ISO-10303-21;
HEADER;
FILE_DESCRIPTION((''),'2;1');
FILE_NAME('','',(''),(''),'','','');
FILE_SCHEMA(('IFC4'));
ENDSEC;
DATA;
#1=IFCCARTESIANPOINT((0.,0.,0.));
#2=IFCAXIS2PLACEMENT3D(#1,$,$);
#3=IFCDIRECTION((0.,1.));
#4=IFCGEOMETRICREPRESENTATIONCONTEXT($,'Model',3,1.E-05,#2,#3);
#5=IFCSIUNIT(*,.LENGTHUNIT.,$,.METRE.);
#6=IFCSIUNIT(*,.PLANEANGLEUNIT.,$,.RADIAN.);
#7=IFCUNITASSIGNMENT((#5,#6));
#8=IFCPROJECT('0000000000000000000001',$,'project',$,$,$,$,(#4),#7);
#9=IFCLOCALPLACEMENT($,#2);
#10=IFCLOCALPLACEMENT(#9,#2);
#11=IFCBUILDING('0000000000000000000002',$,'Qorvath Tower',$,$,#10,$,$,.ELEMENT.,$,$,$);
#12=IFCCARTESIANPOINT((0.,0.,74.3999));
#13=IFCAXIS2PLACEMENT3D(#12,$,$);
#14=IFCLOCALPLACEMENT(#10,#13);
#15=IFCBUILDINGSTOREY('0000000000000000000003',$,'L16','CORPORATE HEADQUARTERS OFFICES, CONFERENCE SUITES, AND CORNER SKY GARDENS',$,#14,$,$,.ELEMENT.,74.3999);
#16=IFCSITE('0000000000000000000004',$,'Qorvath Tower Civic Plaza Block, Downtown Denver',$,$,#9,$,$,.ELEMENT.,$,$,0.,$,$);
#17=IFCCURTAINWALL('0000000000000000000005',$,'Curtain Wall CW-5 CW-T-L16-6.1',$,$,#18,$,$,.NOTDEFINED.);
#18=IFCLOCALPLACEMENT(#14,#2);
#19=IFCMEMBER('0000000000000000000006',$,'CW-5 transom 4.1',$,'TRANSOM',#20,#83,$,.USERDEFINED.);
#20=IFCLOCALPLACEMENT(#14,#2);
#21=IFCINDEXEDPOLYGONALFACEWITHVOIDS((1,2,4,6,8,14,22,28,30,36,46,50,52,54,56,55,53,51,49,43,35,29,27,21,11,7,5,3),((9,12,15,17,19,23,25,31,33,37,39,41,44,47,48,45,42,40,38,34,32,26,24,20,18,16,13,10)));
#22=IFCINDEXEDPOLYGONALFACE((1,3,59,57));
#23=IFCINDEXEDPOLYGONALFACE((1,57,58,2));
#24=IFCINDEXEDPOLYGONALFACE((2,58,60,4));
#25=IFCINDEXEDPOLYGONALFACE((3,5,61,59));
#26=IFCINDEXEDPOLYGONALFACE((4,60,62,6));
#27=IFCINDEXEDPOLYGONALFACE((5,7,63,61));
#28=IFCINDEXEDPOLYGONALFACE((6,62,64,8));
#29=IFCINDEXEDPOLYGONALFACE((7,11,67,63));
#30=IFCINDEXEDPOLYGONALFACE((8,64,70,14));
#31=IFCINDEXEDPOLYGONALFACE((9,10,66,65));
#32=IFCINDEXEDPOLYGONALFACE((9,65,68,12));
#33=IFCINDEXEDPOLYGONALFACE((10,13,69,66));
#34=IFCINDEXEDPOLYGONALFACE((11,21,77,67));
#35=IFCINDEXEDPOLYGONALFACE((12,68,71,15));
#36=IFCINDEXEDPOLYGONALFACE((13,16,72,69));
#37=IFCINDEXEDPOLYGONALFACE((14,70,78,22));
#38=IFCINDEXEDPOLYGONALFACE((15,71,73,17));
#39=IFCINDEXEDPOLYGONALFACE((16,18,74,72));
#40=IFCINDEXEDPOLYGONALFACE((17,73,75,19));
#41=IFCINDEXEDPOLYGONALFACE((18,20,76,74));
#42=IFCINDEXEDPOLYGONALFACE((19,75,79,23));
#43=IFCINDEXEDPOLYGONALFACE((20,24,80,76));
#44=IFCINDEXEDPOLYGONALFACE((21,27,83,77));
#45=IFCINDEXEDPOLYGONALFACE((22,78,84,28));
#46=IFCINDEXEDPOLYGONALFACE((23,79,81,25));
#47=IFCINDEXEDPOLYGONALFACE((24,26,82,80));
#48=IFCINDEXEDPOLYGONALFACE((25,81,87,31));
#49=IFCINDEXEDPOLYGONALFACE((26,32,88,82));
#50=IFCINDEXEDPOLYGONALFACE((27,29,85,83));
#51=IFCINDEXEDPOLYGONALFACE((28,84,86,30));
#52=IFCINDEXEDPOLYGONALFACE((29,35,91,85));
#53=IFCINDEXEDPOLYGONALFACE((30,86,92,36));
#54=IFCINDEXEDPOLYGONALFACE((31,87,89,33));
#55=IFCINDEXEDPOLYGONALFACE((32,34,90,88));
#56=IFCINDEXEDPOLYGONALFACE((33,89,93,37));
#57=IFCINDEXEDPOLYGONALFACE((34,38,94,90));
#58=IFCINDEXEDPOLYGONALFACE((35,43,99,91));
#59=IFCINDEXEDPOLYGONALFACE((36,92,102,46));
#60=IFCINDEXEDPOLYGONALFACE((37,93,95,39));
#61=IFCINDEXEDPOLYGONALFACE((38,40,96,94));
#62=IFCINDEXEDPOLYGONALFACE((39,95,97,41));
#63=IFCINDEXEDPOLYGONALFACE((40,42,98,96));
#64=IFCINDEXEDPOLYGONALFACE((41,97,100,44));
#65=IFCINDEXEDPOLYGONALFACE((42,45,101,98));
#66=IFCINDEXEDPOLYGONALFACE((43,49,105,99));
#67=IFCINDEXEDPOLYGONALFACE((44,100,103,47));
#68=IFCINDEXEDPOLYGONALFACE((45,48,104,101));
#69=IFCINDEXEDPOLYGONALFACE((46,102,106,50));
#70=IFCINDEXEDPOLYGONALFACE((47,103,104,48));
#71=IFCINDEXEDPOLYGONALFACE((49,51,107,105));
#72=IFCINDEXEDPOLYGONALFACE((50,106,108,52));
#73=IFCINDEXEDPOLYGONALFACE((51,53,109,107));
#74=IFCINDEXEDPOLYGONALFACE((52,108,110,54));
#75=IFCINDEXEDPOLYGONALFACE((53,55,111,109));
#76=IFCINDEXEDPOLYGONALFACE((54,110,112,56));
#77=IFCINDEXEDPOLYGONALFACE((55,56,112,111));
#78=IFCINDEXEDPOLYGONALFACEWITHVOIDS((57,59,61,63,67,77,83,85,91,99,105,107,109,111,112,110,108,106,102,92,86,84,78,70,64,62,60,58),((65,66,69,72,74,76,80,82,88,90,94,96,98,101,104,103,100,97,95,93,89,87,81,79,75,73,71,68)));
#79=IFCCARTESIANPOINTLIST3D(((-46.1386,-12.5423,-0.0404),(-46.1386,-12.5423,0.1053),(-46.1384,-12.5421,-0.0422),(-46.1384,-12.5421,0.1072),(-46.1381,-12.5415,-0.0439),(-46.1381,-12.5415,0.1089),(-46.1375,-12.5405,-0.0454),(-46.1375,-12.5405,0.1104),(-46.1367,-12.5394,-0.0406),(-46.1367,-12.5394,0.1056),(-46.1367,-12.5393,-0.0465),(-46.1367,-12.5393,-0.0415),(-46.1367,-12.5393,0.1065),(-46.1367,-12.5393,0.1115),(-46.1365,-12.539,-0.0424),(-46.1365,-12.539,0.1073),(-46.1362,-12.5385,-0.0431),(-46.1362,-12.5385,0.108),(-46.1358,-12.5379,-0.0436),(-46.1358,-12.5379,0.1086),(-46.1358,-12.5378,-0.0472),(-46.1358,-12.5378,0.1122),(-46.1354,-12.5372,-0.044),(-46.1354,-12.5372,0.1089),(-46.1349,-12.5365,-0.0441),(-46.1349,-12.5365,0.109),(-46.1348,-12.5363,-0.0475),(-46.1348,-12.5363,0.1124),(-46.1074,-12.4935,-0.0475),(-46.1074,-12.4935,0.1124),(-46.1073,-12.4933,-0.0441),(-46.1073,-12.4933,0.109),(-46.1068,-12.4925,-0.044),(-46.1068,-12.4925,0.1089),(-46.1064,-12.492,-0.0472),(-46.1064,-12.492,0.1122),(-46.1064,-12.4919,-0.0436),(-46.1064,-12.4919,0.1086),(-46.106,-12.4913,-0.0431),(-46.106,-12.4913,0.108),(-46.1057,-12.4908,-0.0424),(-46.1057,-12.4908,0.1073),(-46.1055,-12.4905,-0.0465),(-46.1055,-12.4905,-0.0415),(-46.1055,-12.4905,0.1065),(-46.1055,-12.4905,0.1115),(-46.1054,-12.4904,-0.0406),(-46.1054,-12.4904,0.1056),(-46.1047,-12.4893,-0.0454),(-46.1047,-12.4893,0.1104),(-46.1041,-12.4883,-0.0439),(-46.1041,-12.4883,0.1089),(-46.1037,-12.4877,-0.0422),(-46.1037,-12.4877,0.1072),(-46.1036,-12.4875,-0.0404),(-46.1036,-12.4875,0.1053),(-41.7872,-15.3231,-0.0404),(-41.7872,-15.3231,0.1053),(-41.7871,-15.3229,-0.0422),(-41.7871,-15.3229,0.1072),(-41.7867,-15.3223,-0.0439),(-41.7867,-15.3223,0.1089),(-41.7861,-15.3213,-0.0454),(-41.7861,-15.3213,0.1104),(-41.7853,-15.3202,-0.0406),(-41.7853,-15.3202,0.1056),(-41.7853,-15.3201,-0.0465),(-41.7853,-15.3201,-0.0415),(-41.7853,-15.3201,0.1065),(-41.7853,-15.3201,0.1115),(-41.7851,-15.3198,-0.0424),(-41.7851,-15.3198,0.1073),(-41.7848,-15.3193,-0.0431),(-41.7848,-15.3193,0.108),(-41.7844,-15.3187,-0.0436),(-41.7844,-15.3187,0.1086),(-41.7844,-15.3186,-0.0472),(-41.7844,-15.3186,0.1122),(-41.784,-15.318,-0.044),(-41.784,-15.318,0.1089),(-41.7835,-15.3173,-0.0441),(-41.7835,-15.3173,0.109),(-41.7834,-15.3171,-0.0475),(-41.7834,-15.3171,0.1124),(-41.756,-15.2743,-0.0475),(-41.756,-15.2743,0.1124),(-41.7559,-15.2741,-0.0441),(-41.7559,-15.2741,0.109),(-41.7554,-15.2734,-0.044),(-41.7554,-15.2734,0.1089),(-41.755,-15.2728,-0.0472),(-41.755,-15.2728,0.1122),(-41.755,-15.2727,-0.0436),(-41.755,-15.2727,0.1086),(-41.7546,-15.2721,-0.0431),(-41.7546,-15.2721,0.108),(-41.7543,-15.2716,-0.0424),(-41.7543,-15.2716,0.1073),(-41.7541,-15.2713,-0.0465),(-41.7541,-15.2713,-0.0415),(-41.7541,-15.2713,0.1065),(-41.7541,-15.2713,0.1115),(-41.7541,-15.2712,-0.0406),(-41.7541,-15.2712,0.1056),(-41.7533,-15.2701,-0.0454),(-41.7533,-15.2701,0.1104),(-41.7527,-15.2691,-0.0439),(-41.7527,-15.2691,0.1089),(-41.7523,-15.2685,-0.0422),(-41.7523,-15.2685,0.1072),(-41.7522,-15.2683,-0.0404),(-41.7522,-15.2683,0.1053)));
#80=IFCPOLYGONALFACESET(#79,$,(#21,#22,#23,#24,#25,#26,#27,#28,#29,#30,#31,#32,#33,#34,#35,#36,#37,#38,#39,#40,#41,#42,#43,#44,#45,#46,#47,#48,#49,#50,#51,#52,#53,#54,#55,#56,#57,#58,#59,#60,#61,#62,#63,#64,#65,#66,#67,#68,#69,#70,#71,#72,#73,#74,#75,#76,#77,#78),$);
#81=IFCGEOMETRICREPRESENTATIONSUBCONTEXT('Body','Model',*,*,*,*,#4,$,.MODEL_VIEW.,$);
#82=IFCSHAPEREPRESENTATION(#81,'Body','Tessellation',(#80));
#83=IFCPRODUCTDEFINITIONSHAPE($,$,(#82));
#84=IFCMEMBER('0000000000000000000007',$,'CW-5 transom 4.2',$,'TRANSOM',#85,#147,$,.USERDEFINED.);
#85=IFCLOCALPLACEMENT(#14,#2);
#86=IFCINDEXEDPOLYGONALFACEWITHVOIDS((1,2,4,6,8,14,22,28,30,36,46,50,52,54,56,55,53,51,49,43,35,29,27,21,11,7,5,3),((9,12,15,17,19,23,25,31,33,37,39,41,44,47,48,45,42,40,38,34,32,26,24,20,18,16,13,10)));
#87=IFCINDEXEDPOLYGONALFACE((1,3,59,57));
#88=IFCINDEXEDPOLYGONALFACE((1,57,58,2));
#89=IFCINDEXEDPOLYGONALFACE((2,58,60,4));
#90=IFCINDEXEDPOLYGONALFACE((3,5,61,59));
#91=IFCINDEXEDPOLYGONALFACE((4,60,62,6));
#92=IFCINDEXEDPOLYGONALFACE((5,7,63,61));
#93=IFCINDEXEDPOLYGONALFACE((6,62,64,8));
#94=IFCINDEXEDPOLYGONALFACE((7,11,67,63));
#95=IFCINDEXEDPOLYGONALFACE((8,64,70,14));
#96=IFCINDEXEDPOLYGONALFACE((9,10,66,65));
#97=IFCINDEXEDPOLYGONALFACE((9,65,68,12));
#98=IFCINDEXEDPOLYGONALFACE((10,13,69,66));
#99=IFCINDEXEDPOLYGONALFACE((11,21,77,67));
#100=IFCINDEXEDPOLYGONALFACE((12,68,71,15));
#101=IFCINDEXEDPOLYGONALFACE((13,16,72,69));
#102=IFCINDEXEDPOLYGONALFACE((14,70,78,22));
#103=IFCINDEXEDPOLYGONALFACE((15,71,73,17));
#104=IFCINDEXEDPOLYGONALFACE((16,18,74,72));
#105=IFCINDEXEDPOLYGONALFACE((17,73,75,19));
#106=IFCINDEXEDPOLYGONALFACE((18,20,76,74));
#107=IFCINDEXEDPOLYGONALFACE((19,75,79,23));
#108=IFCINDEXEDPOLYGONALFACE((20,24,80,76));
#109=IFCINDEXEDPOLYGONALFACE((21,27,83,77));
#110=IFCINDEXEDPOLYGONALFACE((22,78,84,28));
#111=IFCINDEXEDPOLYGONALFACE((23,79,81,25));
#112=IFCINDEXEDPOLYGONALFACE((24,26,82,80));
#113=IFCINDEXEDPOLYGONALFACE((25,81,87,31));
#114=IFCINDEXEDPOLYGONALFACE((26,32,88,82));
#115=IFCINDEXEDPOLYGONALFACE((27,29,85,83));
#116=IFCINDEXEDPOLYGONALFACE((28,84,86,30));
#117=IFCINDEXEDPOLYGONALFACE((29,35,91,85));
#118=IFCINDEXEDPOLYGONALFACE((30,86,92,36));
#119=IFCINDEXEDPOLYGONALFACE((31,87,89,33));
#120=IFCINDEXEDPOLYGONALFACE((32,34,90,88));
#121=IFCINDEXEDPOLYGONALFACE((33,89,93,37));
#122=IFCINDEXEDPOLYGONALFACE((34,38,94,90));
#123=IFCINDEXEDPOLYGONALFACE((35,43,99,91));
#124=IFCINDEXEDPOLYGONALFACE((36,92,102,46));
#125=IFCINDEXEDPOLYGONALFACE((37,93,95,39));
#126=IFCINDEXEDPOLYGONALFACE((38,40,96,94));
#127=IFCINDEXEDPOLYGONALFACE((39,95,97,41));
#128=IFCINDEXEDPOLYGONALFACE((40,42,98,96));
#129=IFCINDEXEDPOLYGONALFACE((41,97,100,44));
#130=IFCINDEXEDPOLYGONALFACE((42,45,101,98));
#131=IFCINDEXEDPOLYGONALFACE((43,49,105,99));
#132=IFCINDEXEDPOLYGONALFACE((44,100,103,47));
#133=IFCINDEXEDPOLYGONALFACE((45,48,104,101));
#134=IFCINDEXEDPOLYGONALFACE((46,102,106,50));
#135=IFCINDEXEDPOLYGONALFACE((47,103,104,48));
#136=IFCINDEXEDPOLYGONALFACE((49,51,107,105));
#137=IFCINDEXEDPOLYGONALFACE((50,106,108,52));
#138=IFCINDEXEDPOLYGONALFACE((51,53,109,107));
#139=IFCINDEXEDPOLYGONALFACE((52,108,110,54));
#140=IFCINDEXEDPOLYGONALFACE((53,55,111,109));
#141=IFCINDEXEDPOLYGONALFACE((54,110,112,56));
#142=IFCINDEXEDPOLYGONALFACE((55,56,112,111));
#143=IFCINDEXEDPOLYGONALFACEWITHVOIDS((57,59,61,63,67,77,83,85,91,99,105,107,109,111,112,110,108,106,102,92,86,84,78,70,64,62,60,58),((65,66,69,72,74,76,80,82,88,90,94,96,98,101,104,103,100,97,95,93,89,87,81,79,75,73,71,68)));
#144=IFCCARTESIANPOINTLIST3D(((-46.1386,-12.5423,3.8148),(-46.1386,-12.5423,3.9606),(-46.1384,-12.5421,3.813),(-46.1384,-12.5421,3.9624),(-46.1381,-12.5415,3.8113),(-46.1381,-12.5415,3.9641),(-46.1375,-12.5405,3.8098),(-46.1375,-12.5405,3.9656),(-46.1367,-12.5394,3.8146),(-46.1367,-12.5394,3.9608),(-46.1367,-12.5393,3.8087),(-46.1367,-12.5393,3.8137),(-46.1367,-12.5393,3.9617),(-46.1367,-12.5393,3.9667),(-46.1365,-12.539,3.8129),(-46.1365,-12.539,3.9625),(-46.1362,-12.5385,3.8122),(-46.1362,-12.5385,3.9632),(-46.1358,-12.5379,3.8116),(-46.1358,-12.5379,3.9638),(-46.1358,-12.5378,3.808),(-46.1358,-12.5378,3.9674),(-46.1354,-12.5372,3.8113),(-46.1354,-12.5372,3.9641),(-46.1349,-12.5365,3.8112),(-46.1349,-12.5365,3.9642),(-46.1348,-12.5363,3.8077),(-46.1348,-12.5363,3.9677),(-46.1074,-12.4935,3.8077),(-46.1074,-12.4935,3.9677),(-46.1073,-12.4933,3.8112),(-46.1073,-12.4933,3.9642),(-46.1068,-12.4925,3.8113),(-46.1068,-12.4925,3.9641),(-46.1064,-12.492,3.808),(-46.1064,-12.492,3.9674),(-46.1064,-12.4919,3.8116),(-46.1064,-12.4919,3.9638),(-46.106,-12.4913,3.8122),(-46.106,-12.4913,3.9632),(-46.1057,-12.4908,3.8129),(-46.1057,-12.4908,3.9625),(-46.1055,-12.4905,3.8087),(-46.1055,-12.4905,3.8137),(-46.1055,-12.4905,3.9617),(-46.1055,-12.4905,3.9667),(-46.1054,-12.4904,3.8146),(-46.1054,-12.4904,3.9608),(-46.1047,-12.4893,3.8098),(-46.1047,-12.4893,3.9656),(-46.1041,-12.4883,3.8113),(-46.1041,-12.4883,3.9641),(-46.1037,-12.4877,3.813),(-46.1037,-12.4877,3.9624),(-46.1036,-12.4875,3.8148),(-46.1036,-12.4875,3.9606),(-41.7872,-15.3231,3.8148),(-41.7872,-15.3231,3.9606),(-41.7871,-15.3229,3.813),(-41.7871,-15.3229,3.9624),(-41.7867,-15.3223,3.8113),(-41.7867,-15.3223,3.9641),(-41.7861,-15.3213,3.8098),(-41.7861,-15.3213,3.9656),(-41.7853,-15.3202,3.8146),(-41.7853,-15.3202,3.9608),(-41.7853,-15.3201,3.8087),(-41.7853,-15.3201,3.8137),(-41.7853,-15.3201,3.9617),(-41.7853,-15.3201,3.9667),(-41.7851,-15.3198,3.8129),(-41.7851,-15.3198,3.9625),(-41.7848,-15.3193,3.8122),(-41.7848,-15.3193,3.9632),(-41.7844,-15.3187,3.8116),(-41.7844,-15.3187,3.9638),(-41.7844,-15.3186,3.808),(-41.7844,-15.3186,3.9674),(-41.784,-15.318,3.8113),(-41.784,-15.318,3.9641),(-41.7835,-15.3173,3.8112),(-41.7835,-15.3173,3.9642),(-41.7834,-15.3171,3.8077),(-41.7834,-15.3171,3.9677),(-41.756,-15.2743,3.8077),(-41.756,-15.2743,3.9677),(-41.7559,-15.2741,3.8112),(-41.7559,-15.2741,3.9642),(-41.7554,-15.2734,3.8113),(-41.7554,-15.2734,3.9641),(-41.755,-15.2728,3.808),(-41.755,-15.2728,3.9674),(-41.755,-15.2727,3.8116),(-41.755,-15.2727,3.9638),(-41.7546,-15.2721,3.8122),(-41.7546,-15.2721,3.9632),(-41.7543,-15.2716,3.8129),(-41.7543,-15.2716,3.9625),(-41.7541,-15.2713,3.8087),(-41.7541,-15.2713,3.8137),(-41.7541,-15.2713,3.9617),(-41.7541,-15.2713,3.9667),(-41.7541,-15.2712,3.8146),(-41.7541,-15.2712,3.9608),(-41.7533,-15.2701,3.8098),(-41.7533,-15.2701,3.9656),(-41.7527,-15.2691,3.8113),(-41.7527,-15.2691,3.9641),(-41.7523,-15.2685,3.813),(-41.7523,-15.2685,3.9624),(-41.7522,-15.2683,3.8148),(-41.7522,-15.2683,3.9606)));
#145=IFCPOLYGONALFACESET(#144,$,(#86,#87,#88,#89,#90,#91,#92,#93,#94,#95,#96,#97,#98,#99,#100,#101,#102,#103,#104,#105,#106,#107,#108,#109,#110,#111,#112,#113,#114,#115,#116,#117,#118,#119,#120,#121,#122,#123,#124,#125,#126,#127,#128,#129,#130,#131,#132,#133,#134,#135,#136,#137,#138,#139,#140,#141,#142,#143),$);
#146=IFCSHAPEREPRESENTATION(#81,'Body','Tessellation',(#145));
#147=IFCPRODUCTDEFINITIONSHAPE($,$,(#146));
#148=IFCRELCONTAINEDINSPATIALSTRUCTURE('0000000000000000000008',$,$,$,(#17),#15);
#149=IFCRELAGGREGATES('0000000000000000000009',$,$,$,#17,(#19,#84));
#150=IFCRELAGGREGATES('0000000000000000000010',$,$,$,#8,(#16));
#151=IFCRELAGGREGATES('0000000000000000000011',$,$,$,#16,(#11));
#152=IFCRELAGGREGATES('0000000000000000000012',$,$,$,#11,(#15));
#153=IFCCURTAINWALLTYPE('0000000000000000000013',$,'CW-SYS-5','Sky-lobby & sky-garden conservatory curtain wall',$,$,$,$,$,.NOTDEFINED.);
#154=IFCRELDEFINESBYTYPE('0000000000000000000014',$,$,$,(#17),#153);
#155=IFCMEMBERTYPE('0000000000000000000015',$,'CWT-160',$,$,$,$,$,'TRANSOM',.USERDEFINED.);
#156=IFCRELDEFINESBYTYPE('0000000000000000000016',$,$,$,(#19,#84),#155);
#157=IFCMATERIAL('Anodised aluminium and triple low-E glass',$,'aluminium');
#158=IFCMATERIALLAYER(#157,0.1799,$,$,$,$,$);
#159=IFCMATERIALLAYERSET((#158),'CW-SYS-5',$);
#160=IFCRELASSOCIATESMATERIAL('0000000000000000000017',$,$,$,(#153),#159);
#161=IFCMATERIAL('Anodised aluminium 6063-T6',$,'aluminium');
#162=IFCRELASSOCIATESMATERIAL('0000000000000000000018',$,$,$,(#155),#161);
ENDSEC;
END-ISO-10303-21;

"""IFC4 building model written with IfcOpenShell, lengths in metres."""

from ifc_helpers import new_model, si_unit, direction, frame, origin, origin_2d, place, context, subcontext, project, spatial, hollow_rectangle, extrude, material, layer, layer_set, material_profile, profile_set, type_object, element, aggregate, save


model = new_model("IFC4")

# Units and contexts
model_context = context("Model", 3, precision=1e-05, world=origin(), true_north=direction((0.0, 1.0)))
body_context = subcontext(model_context, "Body", "Model", "MODEL_VIEW")
ifc_project = project(units=[si_unit("LENGTHUNIT", "METRE"), si_unit("PLANEANGLEUNIT", "RADIAN")], contexts=[model_context])

# Site, building, storey
site_placement = place(None, origin())
site = spatial("IfcSite", under=ifc_project, at=site_placement, Name="Qorvath Tower Civic Plaza Block, Downtown Denver", CompositionType="ELEMENT", RefElevation=0.0)
building_placement = place(site_placement, origin())
building = spatial("IfcBuilding", under=site, at=building_placement, Name="Qorvath Tower", CompositionType="ELEMENT")
storey_placement = place(building_placement, frame((0.0, 0.0, 74.3999)))
storey = spatial("IfcBuildingStorey", under=building, at=storey_placement, Name="L16", Description="CORPORATE HEADQUARTERS OFFICES, CONFERENCE SUITES, AND CORNER SKY GARDENS", CompositionType="ELEMENT", Elevation=74.3999)

# Shared definitions
ifc_material_1 = material(Name="Anodised aluminium and triple low-E glass", Category="aluminium")
ifc_layer_1 = layer(ifc_material_1, 0.1799)
ifc_layer_set_1 = layer_set([ifc_layer_1], Name="CW-SYS-5")
curtain_wall_type = type_object("IfcCurtainWallType", Name="CW-SYS-5", Description="Sky-lobby & sky-garden conservatory curtain wall", PredefinedType="NOTDEFINED", material=ifc_layer_set_1)

# Curtain wall, members
curtain_wall_1_placement = place(storey_placement, origin())
curtain_wall_1 = element("IfcCurtainWall", 1, at=curtain_wall_1_placement, inside=storey, type_object=curtain_wall_type, Name="Curtain Wall CW-5 CW-T-L16-6.1", PredefinedType="NOTDEFINED")
ifc_material_2 = material(Name="Anodised aluminium 6063-T6", Category="aluminium")
ifc_material_profile_1 = material_profile(ifc_material_2, hollow_rectangle(XDim=0.0649, YDim=0.1599, WallThickness=0.0034, InnerFilletRadius=0.0034, OuterFilletRadius=0.0071, at=origin_2d()), Name="CWT 160x65")
ifc_profile_set_1 = profile_set([ifc_material_profile_1], Name="Anodised aluminium 6063-T6")
member_type_1 = type_object("IfcMemberType", Name="CWT-160", ElementType="TRANSOM", PredefinedType="USERDEFINED", material=ifc_profile_set_1)
member_1_placement = place(storey_placement, frame((-46.1211, -12.5149, 0.0325), z_axis=(0.84263, -0.538493, 0.0), x_axis=(0.538493, 0.84263, 0.0)))
member_1 = element("IfcMember", 2, at=member_1_placement, type_object=member_type_1, Name="CW-5 transom 4.1", ObjectType="TRANSOM", PredefinedType="USERDEFINED", context=body_context, shape_type="SweptSolid", body=[
    extrude(hollow_rectangle(XDim=0.0649, YDim=0.1599, WallThickness=0.0034, InnerFilletRadius=0.0034, OuterFilletRadius=0.0071, at=origin_2d()), origin(), (0.0, 0.0, 1.0), 5.1641),
])
member_2_placement = place(storey_placement, frame((-46.1211, -12.5149, 3.8877), z_axis=(0.84263, -0.538493, 0.0), x_axis=(0.538493, 0.84263, 0.0)))
member_2 = element("IfcMember", 3, at=member_2_placement, type_object=member_type_1, Name="CW-5 transom 4.2", ObjectType="TRANSOM", PredefinedType="USERDEFINED", context=body_context, shape_type="SweptSolid", body=[
    extrude(hollow_rectangle(XDim=0.0649, YDim=0.1599, WallThickness=0.0034, InnerFilletRadius=0.0034, OuterFilletRadius=0.0071, at=origin_2d()), origin(), (0.0, 0.0, 1.0), 5.1641),
])

aggregate(curtain_wall_1, [member_1, member_2])

save(model, "model.ifc")
